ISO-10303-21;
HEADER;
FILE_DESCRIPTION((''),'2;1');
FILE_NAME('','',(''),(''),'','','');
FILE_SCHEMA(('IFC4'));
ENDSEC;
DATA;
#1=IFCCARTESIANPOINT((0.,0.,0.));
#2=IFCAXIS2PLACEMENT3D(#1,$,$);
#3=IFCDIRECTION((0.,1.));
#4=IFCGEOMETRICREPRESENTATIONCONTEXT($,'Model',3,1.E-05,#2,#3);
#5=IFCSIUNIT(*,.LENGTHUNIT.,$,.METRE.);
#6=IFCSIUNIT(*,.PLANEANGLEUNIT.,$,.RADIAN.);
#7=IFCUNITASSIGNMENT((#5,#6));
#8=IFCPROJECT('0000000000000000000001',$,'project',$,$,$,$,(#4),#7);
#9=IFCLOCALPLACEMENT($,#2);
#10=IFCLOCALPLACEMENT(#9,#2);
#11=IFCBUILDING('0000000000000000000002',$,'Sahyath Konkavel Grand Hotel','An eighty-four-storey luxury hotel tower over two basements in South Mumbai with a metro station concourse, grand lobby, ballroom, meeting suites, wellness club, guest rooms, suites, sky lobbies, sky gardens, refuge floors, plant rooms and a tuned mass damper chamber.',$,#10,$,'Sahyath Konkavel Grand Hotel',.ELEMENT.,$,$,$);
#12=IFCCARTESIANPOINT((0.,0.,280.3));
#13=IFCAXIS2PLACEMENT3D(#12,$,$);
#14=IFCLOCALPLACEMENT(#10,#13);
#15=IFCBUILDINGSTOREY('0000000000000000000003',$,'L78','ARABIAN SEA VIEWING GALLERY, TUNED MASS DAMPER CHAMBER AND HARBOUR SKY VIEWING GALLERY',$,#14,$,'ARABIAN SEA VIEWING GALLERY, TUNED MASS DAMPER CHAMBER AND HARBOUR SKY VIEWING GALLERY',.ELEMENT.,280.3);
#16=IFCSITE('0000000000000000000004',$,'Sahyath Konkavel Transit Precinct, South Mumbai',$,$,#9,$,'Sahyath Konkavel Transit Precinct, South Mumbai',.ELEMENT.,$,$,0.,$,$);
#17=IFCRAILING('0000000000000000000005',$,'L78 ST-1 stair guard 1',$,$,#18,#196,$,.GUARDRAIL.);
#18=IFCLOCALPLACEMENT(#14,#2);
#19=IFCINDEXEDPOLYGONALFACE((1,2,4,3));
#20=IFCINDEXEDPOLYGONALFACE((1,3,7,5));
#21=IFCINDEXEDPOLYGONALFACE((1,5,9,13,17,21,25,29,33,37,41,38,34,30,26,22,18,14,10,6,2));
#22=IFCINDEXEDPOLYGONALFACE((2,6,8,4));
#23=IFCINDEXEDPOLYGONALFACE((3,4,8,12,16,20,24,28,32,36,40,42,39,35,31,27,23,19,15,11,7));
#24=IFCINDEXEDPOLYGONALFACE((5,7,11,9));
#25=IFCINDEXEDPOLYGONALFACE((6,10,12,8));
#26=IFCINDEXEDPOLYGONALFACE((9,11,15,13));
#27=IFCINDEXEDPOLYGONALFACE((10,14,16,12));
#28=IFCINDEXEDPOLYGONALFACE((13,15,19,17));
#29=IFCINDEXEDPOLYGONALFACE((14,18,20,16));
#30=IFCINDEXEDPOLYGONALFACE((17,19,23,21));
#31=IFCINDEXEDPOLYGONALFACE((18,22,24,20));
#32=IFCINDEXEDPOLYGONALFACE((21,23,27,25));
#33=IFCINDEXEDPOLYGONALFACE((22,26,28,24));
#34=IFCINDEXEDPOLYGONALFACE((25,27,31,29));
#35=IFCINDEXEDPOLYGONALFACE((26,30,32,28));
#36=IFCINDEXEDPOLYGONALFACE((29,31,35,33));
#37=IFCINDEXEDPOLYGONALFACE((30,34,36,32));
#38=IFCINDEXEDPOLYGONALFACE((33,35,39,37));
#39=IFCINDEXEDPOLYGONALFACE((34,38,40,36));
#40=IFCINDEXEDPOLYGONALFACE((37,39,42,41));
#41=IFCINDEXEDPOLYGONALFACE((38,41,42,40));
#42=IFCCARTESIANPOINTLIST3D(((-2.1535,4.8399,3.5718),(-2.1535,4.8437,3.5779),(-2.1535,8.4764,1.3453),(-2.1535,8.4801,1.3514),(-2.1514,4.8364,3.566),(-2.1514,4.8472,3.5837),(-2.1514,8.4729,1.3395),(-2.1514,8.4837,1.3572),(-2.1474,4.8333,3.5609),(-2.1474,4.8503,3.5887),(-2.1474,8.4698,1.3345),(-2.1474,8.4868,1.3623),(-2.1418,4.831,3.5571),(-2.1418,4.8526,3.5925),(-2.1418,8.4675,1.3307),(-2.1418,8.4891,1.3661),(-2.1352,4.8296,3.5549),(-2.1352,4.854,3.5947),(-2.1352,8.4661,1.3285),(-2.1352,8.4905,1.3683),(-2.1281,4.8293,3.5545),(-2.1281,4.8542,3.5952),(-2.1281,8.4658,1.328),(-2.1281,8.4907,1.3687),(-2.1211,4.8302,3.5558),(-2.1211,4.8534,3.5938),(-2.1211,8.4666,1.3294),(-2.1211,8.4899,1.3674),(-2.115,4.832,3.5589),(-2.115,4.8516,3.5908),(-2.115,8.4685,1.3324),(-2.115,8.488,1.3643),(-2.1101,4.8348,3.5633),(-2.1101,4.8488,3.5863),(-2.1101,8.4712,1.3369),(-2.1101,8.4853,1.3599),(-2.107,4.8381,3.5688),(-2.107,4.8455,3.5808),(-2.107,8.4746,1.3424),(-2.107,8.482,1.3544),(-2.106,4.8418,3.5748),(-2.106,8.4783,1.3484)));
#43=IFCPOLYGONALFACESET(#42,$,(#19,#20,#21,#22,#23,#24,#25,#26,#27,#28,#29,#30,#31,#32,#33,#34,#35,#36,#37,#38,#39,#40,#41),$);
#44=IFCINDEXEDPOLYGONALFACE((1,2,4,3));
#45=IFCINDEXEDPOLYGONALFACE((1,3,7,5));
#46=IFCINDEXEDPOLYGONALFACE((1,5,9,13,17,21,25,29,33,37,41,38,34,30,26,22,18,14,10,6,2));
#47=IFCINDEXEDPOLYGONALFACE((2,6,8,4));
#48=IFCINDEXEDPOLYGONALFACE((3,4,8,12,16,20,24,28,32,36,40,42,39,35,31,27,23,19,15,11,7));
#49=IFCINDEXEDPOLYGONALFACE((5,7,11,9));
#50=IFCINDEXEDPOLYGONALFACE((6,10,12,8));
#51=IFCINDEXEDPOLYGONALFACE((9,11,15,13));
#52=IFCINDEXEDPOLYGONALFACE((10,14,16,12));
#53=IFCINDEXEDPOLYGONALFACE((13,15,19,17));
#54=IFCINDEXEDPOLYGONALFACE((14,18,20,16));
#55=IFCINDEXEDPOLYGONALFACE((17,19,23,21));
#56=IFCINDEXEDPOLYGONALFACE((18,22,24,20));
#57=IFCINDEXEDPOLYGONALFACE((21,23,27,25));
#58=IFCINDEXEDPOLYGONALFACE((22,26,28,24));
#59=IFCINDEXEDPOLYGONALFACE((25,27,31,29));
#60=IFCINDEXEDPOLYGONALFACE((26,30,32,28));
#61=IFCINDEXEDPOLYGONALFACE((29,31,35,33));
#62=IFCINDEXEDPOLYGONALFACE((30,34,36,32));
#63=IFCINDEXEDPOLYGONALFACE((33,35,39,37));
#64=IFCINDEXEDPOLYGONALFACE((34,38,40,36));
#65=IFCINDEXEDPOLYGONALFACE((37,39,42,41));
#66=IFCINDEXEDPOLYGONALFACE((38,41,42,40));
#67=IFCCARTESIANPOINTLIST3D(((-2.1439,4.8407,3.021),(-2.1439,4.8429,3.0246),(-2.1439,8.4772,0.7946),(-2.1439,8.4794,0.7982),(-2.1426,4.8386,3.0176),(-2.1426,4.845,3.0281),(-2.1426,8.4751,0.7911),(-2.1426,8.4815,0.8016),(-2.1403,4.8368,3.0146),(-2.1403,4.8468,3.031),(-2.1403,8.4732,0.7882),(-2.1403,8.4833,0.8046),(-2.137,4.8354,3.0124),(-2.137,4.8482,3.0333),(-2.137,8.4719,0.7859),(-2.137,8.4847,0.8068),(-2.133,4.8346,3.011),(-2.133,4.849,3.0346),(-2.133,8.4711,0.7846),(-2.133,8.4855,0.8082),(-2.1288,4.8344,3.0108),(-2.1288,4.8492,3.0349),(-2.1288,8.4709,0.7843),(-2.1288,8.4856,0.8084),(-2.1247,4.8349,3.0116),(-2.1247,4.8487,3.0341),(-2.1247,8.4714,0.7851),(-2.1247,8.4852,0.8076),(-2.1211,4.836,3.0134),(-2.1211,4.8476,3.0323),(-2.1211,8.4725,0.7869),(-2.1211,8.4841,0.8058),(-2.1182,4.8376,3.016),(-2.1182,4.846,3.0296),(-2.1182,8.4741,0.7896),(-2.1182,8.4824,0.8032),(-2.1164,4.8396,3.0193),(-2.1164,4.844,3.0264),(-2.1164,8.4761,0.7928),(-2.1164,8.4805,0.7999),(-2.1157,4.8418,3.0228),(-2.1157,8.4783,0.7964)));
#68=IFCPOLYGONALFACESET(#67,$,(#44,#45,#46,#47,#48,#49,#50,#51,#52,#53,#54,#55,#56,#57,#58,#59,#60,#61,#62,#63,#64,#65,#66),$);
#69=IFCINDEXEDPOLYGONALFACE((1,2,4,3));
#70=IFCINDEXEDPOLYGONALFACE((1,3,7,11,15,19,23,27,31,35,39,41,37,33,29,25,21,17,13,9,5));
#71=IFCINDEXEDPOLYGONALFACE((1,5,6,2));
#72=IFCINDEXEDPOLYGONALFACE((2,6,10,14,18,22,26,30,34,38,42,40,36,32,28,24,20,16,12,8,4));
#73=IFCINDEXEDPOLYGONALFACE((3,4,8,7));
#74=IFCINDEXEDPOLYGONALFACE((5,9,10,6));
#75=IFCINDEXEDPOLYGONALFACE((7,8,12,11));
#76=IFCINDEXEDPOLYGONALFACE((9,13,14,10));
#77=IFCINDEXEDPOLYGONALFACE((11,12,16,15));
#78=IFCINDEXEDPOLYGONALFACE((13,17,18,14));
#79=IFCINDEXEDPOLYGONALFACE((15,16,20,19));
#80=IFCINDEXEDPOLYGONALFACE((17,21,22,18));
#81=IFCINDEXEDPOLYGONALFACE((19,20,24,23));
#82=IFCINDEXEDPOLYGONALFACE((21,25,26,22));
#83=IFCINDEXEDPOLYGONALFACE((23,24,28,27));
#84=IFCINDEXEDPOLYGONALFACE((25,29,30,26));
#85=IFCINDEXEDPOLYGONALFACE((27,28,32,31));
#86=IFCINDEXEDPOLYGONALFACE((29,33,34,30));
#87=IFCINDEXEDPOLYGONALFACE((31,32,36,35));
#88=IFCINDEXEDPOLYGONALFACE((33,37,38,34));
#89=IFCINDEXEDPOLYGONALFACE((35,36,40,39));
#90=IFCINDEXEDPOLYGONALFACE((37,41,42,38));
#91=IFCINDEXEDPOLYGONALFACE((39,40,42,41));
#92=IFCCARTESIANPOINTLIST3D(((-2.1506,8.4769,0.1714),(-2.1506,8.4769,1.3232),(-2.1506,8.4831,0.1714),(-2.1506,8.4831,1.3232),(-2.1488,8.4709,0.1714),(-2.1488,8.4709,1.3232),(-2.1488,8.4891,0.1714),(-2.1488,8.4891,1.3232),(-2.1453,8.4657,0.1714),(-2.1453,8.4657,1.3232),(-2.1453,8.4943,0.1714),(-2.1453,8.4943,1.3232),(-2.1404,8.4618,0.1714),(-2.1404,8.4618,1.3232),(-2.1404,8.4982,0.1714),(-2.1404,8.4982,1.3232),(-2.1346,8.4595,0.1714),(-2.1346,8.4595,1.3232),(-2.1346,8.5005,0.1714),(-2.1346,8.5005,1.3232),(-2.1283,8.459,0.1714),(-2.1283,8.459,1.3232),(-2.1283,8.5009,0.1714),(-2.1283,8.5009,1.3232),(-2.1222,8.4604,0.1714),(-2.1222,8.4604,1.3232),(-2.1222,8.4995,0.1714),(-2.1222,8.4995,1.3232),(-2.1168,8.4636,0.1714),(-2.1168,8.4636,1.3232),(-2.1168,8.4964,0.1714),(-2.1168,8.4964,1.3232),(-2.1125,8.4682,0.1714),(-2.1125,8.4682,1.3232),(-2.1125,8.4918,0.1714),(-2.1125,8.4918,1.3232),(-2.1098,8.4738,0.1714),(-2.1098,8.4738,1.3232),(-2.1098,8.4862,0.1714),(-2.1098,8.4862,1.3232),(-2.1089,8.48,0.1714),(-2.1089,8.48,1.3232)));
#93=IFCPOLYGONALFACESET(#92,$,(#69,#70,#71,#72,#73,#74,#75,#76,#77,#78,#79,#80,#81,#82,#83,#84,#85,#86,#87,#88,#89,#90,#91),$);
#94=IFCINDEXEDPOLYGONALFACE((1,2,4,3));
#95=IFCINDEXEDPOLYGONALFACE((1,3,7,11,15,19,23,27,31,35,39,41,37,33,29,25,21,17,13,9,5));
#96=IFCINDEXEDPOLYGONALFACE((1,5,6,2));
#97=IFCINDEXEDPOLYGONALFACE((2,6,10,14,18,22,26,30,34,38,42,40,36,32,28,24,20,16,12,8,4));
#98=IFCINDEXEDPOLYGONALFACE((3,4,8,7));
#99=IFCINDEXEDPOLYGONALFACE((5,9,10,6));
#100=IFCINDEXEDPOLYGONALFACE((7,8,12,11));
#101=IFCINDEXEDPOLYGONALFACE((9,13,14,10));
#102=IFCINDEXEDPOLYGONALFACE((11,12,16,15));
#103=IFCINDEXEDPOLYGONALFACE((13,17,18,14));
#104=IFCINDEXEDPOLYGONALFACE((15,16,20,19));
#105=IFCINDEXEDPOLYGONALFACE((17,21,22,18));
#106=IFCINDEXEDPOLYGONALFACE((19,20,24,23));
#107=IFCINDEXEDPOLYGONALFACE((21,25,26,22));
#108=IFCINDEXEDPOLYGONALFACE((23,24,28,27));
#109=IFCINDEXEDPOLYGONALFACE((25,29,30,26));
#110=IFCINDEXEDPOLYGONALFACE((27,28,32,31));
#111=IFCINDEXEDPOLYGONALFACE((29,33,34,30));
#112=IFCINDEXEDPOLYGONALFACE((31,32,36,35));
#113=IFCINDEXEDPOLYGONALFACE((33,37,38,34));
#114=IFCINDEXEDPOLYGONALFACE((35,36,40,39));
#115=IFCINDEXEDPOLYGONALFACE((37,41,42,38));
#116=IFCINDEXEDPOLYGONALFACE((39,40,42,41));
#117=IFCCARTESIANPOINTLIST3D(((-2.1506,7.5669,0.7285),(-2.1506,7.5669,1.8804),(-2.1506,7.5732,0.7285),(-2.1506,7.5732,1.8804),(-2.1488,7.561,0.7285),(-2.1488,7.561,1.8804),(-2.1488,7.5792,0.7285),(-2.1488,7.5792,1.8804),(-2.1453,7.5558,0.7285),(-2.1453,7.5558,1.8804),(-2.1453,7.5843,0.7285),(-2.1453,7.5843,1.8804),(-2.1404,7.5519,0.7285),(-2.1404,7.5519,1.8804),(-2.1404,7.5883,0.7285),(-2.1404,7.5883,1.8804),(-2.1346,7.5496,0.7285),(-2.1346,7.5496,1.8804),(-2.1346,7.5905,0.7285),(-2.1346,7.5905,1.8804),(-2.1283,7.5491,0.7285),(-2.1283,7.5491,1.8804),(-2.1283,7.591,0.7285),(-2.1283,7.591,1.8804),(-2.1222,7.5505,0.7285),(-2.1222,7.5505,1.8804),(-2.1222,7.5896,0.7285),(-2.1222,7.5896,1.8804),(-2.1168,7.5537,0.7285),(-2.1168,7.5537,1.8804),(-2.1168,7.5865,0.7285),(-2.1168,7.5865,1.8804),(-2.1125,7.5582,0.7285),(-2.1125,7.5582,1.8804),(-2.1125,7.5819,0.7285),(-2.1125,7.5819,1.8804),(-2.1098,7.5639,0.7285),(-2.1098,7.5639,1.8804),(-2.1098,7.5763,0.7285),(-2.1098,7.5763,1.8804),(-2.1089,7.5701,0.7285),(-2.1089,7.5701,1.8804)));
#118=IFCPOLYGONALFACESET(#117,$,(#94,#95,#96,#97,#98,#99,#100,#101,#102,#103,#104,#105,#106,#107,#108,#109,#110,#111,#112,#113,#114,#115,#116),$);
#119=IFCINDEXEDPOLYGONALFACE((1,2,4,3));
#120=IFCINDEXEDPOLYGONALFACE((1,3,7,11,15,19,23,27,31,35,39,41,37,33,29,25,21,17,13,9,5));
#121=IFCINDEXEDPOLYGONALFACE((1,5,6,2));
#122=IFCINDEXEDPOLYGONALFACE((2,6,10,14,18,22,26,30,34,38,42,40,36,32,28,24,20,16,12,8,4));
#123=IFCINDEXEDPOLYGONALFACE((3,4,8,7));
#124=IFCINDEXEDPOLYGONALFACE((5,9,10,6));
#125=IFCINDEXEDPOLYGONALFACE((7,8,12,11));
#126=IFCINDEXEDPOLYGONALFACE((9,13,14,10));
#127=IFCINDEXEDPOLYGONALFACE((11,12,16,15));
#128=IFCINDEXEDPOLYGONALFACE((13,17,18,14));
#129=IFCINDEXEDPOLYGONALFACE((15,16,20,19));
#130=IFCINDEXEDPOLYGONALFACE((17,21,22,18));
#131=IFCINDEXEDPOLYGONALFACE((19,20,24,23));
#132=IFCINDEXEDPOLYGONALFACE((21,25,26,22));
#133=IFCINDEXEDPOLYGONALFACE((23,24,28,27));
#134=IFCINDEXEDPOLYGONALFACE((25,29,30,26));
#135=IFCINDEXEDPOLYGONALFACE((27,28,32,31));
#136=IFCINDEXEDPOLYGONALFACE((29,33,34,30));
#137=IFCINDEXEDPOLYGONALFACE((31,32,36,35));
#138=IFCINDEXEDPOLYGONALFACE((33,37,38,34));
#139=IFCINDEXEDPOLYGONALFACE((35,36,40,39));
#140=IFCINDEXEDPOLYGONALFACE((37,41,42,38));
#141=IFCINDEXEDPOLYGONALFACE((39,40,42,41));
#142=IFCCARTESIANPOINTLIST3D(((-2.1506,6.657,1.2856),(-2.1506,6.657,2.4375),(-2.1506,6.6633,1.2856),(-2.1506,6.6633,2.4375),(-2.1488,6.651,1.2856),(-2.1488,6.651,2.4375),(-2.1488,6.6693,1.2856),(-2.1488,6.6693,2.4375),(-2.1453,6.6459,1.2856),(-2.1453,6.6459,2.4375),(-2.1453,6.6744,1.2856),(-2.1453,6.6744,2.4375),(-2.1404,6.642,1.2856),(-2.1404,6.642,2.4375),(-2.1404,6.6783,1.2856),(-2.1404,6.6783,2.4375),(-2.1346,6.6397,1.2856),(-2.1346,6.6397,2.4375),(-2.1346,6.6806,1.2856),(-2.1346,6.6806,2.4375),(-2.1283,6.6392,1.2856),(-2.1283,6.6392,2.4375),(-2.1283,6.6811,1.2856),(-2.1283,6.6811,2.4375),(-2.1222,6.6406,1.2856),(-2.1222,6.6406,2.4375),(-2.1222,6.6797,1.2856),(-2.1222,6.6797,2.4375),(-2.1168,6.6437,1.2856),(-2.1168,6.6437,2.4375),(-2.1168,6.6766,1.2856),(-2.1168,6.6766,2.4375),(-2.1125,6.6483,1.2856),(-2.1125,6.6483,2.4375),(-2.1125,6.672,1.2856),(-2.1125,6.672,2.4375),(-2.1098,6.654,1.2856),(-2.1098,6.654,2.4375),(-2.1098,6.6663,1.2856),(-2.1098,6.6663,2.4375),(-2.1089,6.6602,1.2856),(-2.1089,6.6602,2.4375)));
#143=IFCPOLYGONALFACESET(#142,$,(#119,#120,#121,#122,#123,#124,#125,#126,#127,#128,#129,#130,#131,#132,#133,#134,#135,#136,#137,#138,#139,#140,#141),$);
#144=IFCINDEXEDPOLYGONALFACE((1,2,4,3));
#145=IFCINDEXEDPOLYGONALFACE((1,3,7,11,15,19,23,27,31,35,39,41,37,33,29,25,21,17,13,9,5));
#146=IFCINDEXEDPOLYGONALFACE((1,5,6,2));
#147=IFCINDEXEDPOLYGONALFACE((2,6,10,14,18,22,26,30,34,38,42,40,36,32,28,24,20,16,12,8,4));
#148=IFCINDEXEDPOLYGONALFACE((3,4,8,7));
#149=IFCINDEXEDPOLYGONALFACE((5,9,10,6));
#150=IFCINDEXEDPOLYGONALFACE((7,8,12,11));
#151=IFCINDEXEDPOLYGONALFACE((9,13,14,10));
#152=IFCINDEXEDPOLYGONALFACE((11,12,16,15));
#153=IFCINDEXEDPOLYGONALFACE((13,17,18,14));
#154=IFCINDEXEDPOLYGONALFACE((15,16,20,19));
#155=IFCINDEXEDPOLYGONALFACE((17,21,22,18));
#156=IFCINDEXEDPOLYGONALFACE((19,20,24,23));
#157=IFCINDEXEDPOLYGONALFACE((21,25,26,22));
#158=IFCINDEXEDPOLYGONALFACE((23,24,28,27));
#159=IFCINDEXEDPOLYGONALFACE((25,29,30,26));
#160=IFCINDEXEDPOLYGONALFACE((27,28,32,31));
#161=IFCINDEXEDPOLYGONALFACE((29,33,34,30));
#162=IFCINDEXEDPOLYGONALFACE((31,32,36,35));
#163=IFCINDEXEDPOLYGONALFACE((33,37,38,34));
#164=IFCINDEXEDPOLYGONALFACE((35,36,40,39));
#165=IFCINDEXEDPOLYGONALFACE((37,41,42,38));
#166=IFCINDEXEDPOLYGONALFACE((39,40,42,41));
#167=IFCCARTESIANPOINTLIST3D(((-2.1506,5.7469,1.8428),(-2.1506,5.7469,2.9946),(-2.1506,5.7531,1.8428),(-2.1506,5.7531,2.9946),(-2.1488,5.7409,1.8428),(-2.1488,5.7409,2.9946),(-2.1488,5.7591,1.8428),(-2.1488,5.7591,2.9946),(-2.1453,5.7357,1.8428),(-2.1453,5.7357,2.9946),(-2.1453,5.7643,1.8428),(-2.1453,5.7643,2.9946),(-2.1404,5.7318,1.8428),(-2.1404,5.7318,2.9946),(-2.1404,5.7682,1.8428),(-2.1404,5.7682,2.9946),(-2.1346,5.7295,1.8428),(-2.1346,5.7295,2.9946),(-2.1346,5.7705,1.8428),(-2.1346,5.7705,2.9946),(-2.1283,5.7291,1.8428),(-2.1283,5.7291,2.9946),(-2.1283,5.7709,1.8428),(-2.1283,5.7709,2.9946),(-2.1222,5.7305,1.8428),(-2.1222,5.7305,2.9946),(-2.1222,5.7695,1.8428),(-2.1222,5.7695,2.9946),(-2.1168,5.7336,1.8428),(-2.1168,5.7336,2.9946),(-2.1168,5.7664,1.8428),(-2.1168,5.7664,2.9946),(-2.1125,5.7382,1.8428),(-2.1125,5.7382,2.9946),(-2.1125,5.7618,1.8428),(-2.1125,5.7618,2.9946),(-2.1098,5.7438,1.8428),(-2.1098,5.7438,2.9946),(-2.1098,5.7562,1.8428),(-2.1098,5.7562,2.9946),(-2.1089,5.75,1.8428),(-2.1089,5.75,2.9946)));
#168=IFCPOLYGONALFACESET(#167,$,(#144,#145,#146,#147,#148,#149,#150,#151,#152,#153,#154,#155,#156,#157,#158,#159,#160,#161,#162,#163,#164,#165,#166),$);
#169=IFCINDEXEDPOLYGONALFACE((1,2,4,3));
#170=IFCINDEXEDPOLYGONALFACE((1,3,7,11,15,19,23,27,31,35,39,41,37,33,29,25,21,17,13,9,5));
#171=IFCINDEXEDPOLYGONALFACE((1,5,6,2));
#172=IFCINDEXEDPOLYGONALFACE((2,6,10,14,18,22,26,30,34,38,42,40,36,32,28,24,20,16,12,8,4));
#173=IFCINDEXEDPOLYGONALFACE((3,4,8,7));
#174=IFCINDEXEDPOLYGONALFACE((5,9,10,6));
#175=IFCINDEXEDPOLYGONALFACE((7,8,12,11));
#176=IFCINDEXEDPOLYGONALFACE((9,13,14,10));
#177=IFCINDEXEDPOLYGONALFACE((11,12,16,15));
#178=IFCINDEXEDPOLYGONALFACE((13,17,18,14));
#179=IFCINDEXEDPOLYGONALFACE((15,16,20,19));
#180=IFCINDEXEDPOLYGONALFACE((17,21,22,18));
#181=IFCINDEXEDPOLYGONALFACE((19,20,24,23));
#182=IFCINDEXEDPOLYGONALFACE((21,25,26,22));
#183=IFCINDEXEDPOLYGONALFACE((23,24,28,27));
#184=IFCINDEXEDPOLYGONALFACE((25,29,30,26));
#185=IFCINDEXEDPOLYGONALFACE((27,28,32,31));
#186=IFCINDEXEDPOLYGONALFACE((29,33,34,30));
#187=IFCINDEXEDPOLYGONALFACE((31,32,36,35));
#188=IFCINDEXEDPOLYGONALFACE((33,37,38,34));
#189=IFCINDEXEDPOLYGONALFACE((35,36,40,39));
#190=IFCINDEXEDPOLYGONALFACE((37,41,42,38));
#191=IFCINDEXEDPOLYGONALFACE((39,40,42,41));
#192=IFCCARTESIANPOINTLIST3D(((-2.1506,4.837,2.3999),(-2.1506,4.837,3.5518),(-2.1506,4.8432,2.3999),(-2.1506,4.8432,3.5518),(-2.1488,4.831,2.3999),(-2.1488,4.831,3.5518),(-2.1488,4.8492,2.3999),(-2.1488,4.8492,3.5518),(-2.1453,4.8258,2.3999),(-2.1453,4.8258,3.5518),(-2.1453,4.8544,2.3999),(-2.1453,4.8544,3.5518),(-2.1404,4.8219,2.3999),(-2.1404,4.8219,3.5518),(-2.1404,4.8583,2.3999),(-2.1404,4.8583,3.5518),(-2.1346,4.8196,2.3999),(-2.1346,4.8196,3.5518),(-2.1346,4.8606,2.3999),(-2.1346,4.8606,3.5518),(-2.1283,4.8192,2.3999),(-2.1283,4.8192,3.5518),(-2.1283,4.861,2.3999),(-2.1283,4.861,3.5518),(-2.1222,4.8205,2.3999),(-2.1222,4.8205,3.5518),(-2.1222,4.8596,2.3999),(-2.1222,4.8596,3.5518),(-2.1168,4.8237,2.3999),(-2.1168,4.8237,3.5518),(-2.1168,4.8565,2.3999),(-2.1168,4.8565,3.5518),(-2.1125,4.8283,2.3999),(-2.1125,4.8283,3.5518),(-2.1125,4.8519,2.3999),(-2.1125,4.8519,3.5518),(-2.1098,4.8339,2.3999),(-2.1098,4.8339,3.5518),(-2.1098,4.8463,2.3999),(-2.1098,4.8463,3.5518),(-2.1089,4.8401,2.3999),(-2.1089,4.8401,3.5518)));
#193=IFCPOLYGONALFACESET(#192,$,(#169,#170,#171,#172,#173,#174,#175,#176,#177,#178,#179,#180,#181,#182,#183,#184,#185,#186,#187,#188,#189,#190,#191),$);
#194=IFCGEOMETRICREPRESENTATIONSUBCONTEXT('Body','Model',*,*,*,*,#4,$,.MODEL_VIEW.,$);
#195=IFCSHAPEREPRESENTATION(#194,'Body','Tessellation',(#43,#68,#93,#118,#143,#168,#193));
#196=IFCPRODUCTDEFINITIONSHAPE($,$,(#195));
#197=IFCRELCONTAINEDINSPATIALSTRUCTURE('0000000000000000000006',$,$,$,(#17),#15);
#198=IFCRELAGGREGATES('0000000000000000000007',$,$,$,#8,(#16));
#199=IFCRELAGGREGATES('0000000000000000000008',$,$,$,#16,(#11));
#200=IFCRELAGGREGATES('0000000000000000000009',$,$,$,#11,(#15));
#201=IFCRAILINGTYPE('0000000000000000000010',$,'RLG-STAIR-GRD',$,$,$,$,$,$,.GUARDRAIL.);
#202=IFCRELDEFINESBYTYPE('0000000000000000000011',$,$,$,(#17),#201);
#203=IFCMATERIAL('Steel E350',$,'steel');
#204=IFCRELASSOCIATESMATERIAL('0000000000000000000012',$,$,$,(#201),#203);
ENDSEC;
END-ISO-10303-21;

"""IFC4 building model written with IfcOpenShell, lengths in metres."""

from ifc_helpers import new_model, si_unit, direction, frame, origin, origin_2d, place, context, subcontext, project, spatial, circle, extrude, material, type_object, element, save


model = new_model("IFC4")

# Units and contexts
model_context = context("Model", 3, precision=1e-05, world=origin(), true_north=direction((0.0, 1.0)))
body_context = subcontext(model_context, "Body", "Model", "MODEL_VIEW")
ifc_project = project(units=[si_unit("LENGTHUNIT", "METRE"), si_unit("PLANEANGLEUNIT", "RADIAN")], contexts=[model_context])

# Site, building, storey
site_placement = place(None, origin())
site = spatial("IfcSite", under=ifc_project, at=site_placement, Name="Sahyath Konkavel Transit Precinct, South Mumbai", LongName="Sahyath Konkavel Transit Precinct, South Mumbai", CompositionType="ELEMENT", RefElevation=0.0)
building_placement = place(site_placement, origin())
building = spatial("IfcBuilding", under=site, at=building_placement, Name="Sahyath Konkavel Grand Hotel", Description="An eighty-four-storey luxury hotel tower over two basements in South Mumbai with a metro station concourse, grand lobby, ballroom, meeting suites, wellness club, guest rooms, suites, sky lobbies, sky gardens, refuge floors, plant rooms and a tuned mass damper chamber.", LongName="Sahyath Konkavel Grand Hotel", CompositionType="ELEMENT")
storey_placement = place(building_placement, frame((0.0, 0.0, 280.3)))
storey = spatial("IfcBuildingStorey", under=building, at=storey_placement, Name="L78", Description="ARABIAN SEA VIEWING GALLERY, TUNED MASS DAMPER CHAMBER AND HARBOUR SKY VIEWING GALLERY", LongName="ARABIAN SEA VIEWING GALLERY, TUNED MASS DAMPER CHAMBER AND HARBOUR SKY VIEWING GALLERY", CompositionType="ELEMENT", Elevation=280.3)

# Shared definitions
ifc_material_1 = material(Name="Steel E350", Category="steel")

# Railing
railing_type_1 = type_object("IfcRailingType", Name="RLG-STAIR-GRD", PredefinedType="GUARDRAIL", material=ifc_material_1)
railing_1_placement = place(storey_placement, frame((-2.1299, 8.48, 0.1714)))
element("IfcRailing", 1, at=railing_1_placement, inside=storey, type_object=railing_type_1, Name="L78 ST-1 stair guard 1", PredefinedType="GUARDRAIL", context=body_context, shape_type="SweptSolid", body=[
    extrude(circle(Radius=0.0239, at=origin_2d()), frame((0.0, -0.0017, 1.177), z_axis=(0.0, -0.85285, 0.522156), x_axis=(1.0, 0.0, 0.0)), (0.0, 0.0, 1.0), 4.2639),
    extrude(circle(Radius=0.0142, at=origin_2d()), frame((0.0, -0.0017, 0.625), z_axis=(0.0, -0.85285, 0.522156), x_axis=(1.0, 0.0, 0.0)), (0.0, 0.0, 1.0), 4.2639),
    extrude(circle(Radius=0.021, at=origin_2d()), origin(), (0.0, 0.0, 1.0), 1.1519),
    extrude(circle(Radius=0.021, at=origin_2d()), frame((0.0, -0.9099, 0.5571)), (0.0, 0.0, 1.0), 1.1519),
    extrude(circle(Radius=0.021, at=origin_2d()), frame((0.0, -1.8198, 1.1143)), (0.0, 0.0, 1.0), 1.1519),
    extrude(circle(Radius=0.021, at=origin_2d()), frame((0.0, -2.73, 1.6714)), (0.0, 0.0, 1.0), 1.1519),
    extrude(circle(Radius=0.021, at=origin_2d()), frame((0.0, -3.6399, 2.2285)), (0.0, 0.0, 1.0), 1.1519),
])

save(model, "model.ifc")
